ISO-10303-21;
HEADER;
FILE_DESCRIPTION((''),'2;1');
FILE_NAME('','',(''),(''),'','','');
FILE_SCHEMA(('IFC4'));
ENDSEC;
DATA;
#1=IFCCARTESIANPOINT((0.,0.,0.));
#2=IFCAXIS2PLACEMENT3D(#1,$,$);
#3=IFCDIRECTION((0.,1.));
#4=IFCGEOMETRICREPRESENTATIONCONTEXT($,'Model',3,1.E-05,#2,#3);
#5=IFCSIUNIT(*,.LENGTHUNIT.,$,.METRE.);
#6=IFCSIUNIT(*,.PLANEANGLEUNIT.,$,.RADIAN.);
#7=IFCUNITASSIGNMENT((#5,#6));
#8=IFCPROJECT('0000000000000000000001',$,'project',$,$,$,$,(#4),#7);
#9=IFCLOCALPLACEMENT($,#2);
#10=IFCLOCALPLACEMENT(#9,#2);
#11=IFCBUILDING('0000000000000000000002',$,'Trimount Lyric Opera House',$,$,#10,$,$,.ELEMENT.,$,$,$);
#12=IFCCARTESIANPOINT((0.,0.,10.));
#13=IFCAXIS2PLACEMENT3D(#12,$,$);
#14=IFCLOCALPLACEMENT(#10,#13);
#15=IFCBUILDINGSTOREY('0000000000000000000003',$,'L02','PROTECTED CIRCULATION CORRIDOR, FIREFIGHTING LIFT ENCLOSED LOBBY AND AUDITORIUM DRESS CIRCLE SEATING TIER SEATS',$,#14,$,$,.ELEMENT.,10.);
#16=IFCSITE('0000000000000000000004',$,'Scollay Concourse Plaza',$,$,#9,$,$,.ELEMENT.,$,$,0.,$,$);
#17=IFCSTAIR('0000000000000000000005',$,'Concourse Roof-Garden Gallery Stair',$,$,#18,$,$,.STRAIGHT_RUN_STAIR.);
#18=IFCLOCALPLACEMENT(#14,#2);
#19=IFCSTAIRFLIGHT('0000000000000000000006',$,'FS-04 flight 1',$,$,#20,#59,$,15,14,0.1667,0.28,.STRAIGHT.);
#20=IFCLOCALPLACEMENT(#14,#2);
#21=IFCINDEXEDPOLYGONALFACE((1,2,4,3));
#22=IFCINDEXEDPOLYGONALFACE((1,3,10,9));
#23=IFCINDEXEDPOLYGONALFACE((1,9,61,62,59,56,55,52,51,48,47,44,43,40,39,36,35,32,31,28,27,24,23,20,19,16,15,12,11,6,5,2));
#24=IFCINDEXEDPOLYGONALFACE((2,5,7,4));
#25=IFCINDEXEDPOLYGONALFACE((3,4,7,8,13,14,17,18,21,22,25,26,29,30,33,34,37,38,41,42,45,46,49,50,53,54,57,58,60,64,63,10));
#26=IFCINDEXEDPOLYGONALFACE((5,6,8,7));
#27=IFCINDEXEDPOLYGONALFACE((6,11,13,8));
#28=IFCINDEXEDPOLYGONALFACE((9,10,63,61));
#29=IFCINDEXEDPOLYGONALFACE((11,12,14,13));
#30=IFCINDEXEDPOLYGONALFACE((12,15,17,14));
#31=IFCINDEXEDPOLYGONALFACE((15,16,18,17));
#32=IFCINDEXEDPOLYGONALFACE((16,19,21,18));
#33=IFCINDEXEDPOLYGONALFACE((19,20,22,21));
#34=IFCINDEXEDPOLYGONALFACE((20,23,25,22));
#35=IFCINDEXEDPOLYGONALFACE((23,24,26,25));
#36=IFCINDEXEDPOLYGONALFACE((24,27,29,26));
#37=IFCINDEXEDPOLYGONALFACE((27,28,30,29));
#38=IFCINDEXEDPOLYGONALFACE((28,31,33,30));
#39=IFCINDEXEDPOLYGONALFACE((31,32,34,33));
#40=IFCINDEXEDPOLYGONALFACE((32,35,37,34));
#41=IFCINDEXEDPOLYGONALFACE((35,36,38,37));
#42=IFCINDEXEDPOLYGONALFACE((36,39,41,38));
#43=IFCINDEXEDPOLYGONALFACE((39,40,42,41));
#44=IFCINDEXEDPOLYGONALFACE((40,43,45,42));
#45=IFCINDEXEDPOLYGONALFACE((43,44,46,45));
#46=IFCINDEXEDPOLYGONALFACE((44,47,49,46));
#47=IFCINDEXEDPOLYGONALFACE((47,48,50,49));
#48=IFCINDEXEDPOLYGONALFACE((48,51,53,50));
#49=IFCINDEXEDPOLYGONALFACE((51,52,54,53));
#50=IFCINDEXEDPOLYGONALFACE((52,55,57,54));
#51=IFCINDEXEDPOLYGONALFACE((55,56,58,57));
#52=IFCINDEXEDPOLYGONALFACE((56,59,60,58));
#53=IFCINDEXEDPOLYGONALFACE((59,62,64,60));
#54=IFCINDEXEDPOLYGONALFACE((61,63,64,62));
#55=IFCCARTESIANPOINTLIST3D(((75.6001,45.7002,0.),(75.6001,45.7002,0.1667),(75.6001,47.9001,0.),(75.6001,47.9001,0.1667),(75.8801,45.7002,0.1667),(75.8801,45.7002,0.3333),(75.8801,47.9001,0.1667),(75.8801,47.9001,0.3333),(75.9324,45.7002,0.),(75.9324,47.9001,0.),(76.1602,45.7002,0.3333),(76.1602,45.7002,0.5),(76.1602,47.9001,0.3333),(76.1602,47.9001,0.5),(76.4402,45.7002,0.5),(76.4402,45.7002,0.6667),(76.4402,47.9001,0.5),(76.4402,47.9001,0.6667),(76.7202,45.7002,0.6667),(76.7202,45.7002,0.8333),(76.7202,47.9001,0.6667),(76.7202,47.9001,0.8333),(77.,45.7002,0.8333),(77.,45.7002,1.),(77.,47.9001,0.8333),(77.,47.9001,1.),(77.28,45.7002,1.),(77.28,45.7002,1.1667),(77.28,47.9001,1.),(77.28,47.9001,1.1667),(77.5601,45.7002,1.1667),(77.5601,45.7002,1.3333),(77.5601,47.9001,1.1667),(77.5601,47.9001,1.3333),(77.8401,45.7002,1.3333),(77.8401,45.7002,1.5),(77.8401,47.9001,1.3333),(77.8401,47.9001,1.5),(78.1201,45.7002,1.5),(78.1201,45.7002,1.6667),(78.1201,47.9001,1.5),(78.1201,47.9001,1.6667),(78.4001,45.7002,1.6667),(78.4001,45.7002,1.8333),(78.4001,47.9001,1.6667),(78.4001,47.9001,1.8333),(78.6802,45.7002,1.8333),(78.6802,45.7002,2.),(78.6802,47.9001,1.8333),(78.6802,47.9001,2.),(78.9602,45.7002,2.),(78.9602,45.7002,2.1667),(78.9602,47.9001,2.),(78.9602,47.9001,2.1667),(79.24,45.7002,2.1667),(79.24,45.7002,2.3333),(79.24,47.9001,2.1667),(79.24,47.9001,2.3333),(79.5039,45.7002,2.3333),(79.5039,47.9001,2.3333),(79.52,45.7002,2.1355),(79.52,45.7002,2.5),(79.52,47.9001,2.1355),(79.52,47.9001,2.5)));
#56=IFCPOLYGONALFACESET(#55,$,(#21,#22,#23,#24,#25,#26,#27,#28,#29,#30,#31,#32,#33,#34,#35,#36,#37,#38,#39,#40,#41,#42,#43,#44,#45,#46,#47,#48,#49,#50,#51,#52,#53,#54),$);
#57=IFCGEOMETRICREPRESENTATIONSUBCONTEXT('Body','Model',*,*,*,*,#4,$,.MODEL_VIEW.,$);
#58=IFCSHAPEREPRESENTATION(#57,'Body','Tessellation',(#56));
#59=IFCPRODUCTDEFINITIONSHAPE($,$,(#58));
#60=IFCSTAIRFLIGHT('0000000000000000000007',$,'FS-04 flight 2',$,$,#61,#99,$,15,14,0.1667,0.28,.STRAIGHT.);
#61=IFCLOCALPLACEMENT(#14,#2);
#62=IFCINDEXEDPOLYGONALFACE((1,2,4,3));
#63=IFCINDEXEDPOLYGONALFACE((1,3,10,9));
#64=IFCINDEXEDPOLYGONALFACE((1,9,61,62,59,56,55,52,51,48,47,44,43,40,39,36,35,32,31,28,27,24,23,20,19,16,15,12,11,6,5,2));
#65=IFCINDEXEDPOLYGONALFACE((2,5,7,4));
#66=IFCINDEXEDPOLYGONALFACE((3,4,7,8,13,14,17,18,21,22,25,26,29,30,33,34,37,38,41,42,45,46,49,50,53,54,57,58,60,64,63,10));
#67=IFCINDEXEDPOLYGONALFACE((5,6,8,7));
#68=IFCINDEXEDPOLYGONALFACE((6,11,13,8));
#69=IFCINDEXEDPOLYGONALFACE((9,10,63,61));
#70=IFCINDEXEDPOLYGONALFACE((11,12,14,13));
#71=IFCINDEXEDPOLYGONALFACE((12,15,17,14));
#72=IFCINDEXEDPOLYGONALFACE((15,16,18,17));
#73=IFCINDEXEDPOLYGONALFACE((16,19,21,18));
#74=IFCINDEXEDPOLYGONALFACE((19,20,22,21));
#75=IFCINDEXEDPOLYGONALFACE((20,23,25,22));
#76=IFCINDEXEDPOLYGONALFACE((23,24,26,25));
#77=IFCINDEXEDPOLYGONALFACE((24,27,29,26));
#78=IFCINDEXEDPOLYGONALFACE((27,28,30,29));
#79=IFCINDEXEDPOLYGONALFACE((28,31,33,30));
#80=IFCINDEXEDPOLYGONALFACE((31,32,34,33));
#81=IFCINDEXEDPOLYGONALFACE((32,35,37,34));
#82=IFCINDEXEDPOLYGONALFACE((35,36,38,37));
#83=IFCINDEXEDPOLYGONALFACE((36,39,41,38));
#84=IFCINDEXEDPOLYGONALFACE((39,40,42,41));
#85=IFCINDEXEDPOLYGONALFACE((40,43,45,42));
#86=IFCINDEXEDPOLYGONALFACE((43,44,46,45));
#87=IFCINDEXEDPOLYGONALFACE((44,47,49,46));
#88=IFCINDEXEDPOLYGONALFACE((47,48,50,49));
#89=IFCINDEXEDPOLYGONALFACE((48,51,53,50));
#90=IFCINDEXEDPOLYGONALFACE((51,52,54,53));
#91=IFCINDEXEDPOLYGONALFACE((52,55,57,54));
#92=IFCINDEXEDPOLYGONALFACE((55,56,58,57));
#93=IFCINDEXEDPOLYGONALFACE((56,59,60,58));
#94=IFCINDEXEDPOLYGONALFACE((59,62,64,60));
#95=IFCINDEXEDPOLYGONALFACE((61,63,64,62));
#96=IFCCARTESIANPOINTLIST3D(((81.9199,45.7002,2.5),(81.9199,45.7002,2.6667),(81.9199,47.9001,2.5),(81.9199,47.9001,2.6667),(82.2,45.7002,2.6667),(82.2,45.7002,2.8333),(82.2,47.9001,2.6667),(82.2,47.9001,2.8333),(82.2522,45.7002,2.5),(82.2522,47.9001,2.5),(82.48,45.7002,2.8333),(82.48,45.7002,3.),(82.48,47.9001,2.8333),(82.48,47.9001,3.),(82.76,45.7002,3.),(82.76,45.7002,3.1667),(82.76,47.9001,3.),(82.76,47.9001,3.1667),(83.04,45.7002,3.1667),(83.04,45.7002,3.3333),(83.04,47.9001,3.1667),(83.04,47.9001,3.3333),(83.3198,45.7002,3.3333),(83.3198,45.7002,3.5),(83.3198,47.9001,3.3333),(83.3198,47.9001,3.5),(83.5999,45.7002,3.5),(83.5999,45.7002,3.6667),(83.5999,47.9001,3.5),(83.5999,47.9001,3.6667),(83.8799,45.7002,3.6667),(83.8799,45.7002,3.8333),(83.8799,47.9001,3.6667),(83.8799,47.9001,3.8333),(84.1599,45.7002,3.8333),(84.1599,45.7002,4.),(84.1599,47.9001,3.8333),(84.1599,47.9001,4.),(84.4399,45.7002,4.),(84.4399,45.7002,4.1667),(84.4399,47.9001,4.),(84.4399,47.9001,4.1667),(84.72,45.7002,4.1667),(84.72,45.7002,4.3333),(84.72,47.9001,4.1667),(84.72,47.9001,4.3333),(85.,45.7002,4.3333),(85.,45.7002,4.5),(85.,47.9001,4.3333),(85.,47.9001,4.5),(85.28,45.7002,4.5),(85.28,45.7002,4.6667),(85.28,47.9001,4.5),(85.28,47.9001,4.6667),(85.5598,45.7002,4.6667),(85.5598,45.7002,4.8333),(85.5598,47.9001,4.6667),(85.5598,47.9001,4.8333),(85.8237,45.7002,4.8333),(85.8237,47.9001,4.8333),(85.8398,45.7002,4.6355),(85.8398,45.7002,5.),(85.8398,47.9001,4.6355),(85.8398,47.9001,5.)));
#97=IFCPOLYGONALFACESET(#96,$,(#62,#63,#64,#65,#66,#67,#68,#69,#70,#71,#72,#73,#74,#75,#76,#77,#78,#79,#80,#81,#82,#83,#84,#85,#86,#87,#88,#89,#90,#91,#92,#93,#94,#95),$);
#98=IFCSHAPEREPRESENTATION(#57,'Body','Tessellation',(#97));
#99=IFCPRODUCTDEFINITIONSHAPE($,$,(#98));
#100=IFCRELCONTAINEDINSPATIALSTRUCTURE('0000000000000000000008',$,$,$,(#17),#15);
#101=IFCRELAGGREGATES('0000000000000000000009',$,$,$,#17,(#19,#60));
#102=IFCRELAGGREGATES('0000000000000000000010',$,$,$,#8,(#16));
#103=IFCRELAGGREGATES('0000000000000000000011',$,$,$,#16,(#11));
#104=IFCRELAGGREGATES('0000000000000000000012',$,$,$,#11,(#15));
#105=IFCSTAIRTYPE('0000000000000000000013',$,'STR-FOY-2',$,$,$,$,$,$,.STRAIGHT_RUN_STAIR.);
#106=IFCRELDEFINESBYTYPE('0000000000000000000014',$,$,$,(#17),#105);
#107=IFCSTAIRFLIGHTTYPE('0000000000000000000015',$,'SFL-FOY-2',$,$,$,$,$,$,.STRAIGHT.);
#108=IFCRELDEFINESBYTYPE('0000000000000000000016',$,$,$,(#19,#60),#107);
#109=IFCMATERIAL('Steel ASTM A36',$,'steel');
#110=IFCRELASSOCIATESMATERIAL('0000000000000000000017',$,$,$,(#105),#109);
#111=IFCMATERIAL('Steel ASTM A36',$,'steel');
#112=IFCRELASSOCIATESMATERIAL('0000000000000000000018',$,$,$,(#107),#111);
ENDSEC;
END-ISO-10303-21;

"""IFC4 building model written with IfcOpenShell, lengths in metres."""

from ifc_helpers import new_model, si_unit, direction, frame, origin, place, context, subcontext, project, spatial, polyline, outline, extrude, material, type_object, element, aggregate, save


model = new_model("IFC4")

# Units and contexts
model_context = context("Model", 3, precision=1e-05, world=origin(), true_north=direction((0.0, 1.0)))
body_context = subcontext(model_context, "Body", "Model", "MODEL_VIEW")
ifc_project = project(units=[si_unit("LENGTHUNIT", "METRE"), si_unit("PLANEANGLEUNIT", "RADIAN")], contexts=[model_context])

# Site, building, storey
site_placement = place(None, origin())
site = spatial("IfcSite", under=ifc_project, at=site_placement, Name="Scollay Concourse Plaza", CompositionType="ELEMENT", RefElevation=0.0)
building_placement = place(site_placement, origin())
building = spatial("IfcBuilding", under=site, at=building_placement, Name="Trimount Lyric Opera House", CompositionType="ELEMENT")
storey_placement = place(building_placement, frame((0.0, 0.0, 10.0)))
storey = spatial("IfcBuildingStorey", under=building, at=storey_placement, Name="L02", Description="PROTECTED CIRCULATION CORRIDOR, FIREFIGHTING LIFT ENCLOSED LOBBY AND AUDITORIUM DRESS CIRCLE SEATING TIER SEATS", CompositionType="ELEMENT", Elevation=10.0)

# Stair, stair flights
ifc_material_1 = material(Name="Steel ASTM A36", Category="steel")
stair_type = type_object("IfcStairType", Name="STR-FOY-2", PredefinedType="STRAIGHT_RUN_STAIR", material=ifc_material_1)
stair_placement = place(storey_placement, origin())
stair = element("IfcStair", 1, at=stair_placement, inside=storey, type_object=stair_type, Name="Concourse Roof-Garden Gallery Stair", PredefinedType="STRAIGHT_RUN_STAIR")
ifc_material_2 = material(Name="Steel ASTM A36", Category="steel")
stair_flight_type = type_object("IfcStairFlightType", Name="SFL-FOY-2", PredefinedType="STRAIGHT", material=ifc_material_2)
stair_flight_1_placement = place(storey_placement, frame((75.6001, 46.8, 0.0), z_axis=(0.0, 0.0, 1.0), x_axis=(1.0, 0.0, 0.0)))
stair_flight_1 = element("IfcStairFlight", 2, at=stair_flight_1_placement, type_object=stair_flight_type, Name="FS-04 flight 1", NumberOfRisers=15, NumberOfTreads=14, PredefinedType="STRAIGHT", RiserHeight=0.1667, TreadLength=0.28, context=body_context, shape_type="SweptSolid", body=[
    extrude(outline(polyline([(0.0, 0.0), (0.0, 0.1667), (0.28, 0.1667), (0.28, 0.3333), (0.5601, 0.3333), (0.5601, 0.5), (0.8401, 0.5), (0.8401, 0.6667), (1.1201, 0.6667), (1.1201, 0.8333), (1.3999, 0.8333), (1.3999, 1.0), (1.6799, 1.0), (1.6799, 1.1667), (1.96, 1.1667), (1.96, 1.3333), (2.24, 1.3333), (2.24, 1.5), (2.52, 1.5), (2.52, 1.6667), (2.8, 1.6667), (2.8, 1.8333), (3.0801, 1.8333), (3.0801, 2.0), (3.3601, 2.0), (3.3601, 2.1667), (3.6399, 2.1667), (3.6399, 2.3333), (3.9038, 2.3333), (3.9199, 2.5), (3.9199, 2.1355), (0.3323, 0.0), (0.0, 0.0)])), frame((0.0, 1.1001, 0.0), z_axis=(0.0, -1.0, 0.0), x_axis=(1.0, 0.0, 0.0)), (0.0, 0.0, 1.0), 2.2),
])
stair_flight_2_placement = place(storey_placement, frame((81.9199, 46.8, 2.5), z_axis=(0.0, 0.0, 1.0), x_axis=(1.0, 0.0, 0.0)))
stair_flight_2 = element("IfcStairFlight", 3, at=stair_flight_2_placement, type_object=stair_flight_type, Name="FS-04 flight 2", NumberOfRisers=15, NumberOfTreads=14, PredefinedType="STRAIGHT", RiserHeight=0.1667, TreadLength=0.28, context=body_context, shape_type="SweptSolid", body=[
    extrude(outline(polyline([(0.0, 0.0), (0.0, 0.1667), (0.28, 0.1667), (0.28, 0.3333), (0.5601, 0.3333), (0.5601, 0.5), (0.8401, 0.5), (0.8401, 0.6667), (1.1201, 0.6667), (1.1201, 0.8333), (1.3999, 0.8333), (1.3999, 1.0), (1.6799, 1.0), (1.6799, 1.1667), (1.96, 1.1667), (1.96, 1.3333), (2.24, 1.3333), (2.24, 1.5), (2.52, 1.5), (2.52, 1.6667), (2.8, 1.6667), (2.8, 1.8333), (3.0801, 1.8333), (3.0801, 2.0), (3.3601, 2.0), (3.3601, 2.1667), (3.6399, 2.1667), (3.6399, 2.3333), (3.9038, 2.3333), (3.9199, 2.5), (3.9199, 2.1355), (0.3323, 0.0), (0.0, 0.0)])), frame((0.0, 1.1001, 0.0), z_axis=(0.0, -1.0, 0.0), x_axis=(1.0, 0.0, 0.0)), (0.0, 0.0, 1.0), 2.2),
])
aggregate(stair, [stair_flight_1, stair_flight_2])

save(model, "model.ifc")
